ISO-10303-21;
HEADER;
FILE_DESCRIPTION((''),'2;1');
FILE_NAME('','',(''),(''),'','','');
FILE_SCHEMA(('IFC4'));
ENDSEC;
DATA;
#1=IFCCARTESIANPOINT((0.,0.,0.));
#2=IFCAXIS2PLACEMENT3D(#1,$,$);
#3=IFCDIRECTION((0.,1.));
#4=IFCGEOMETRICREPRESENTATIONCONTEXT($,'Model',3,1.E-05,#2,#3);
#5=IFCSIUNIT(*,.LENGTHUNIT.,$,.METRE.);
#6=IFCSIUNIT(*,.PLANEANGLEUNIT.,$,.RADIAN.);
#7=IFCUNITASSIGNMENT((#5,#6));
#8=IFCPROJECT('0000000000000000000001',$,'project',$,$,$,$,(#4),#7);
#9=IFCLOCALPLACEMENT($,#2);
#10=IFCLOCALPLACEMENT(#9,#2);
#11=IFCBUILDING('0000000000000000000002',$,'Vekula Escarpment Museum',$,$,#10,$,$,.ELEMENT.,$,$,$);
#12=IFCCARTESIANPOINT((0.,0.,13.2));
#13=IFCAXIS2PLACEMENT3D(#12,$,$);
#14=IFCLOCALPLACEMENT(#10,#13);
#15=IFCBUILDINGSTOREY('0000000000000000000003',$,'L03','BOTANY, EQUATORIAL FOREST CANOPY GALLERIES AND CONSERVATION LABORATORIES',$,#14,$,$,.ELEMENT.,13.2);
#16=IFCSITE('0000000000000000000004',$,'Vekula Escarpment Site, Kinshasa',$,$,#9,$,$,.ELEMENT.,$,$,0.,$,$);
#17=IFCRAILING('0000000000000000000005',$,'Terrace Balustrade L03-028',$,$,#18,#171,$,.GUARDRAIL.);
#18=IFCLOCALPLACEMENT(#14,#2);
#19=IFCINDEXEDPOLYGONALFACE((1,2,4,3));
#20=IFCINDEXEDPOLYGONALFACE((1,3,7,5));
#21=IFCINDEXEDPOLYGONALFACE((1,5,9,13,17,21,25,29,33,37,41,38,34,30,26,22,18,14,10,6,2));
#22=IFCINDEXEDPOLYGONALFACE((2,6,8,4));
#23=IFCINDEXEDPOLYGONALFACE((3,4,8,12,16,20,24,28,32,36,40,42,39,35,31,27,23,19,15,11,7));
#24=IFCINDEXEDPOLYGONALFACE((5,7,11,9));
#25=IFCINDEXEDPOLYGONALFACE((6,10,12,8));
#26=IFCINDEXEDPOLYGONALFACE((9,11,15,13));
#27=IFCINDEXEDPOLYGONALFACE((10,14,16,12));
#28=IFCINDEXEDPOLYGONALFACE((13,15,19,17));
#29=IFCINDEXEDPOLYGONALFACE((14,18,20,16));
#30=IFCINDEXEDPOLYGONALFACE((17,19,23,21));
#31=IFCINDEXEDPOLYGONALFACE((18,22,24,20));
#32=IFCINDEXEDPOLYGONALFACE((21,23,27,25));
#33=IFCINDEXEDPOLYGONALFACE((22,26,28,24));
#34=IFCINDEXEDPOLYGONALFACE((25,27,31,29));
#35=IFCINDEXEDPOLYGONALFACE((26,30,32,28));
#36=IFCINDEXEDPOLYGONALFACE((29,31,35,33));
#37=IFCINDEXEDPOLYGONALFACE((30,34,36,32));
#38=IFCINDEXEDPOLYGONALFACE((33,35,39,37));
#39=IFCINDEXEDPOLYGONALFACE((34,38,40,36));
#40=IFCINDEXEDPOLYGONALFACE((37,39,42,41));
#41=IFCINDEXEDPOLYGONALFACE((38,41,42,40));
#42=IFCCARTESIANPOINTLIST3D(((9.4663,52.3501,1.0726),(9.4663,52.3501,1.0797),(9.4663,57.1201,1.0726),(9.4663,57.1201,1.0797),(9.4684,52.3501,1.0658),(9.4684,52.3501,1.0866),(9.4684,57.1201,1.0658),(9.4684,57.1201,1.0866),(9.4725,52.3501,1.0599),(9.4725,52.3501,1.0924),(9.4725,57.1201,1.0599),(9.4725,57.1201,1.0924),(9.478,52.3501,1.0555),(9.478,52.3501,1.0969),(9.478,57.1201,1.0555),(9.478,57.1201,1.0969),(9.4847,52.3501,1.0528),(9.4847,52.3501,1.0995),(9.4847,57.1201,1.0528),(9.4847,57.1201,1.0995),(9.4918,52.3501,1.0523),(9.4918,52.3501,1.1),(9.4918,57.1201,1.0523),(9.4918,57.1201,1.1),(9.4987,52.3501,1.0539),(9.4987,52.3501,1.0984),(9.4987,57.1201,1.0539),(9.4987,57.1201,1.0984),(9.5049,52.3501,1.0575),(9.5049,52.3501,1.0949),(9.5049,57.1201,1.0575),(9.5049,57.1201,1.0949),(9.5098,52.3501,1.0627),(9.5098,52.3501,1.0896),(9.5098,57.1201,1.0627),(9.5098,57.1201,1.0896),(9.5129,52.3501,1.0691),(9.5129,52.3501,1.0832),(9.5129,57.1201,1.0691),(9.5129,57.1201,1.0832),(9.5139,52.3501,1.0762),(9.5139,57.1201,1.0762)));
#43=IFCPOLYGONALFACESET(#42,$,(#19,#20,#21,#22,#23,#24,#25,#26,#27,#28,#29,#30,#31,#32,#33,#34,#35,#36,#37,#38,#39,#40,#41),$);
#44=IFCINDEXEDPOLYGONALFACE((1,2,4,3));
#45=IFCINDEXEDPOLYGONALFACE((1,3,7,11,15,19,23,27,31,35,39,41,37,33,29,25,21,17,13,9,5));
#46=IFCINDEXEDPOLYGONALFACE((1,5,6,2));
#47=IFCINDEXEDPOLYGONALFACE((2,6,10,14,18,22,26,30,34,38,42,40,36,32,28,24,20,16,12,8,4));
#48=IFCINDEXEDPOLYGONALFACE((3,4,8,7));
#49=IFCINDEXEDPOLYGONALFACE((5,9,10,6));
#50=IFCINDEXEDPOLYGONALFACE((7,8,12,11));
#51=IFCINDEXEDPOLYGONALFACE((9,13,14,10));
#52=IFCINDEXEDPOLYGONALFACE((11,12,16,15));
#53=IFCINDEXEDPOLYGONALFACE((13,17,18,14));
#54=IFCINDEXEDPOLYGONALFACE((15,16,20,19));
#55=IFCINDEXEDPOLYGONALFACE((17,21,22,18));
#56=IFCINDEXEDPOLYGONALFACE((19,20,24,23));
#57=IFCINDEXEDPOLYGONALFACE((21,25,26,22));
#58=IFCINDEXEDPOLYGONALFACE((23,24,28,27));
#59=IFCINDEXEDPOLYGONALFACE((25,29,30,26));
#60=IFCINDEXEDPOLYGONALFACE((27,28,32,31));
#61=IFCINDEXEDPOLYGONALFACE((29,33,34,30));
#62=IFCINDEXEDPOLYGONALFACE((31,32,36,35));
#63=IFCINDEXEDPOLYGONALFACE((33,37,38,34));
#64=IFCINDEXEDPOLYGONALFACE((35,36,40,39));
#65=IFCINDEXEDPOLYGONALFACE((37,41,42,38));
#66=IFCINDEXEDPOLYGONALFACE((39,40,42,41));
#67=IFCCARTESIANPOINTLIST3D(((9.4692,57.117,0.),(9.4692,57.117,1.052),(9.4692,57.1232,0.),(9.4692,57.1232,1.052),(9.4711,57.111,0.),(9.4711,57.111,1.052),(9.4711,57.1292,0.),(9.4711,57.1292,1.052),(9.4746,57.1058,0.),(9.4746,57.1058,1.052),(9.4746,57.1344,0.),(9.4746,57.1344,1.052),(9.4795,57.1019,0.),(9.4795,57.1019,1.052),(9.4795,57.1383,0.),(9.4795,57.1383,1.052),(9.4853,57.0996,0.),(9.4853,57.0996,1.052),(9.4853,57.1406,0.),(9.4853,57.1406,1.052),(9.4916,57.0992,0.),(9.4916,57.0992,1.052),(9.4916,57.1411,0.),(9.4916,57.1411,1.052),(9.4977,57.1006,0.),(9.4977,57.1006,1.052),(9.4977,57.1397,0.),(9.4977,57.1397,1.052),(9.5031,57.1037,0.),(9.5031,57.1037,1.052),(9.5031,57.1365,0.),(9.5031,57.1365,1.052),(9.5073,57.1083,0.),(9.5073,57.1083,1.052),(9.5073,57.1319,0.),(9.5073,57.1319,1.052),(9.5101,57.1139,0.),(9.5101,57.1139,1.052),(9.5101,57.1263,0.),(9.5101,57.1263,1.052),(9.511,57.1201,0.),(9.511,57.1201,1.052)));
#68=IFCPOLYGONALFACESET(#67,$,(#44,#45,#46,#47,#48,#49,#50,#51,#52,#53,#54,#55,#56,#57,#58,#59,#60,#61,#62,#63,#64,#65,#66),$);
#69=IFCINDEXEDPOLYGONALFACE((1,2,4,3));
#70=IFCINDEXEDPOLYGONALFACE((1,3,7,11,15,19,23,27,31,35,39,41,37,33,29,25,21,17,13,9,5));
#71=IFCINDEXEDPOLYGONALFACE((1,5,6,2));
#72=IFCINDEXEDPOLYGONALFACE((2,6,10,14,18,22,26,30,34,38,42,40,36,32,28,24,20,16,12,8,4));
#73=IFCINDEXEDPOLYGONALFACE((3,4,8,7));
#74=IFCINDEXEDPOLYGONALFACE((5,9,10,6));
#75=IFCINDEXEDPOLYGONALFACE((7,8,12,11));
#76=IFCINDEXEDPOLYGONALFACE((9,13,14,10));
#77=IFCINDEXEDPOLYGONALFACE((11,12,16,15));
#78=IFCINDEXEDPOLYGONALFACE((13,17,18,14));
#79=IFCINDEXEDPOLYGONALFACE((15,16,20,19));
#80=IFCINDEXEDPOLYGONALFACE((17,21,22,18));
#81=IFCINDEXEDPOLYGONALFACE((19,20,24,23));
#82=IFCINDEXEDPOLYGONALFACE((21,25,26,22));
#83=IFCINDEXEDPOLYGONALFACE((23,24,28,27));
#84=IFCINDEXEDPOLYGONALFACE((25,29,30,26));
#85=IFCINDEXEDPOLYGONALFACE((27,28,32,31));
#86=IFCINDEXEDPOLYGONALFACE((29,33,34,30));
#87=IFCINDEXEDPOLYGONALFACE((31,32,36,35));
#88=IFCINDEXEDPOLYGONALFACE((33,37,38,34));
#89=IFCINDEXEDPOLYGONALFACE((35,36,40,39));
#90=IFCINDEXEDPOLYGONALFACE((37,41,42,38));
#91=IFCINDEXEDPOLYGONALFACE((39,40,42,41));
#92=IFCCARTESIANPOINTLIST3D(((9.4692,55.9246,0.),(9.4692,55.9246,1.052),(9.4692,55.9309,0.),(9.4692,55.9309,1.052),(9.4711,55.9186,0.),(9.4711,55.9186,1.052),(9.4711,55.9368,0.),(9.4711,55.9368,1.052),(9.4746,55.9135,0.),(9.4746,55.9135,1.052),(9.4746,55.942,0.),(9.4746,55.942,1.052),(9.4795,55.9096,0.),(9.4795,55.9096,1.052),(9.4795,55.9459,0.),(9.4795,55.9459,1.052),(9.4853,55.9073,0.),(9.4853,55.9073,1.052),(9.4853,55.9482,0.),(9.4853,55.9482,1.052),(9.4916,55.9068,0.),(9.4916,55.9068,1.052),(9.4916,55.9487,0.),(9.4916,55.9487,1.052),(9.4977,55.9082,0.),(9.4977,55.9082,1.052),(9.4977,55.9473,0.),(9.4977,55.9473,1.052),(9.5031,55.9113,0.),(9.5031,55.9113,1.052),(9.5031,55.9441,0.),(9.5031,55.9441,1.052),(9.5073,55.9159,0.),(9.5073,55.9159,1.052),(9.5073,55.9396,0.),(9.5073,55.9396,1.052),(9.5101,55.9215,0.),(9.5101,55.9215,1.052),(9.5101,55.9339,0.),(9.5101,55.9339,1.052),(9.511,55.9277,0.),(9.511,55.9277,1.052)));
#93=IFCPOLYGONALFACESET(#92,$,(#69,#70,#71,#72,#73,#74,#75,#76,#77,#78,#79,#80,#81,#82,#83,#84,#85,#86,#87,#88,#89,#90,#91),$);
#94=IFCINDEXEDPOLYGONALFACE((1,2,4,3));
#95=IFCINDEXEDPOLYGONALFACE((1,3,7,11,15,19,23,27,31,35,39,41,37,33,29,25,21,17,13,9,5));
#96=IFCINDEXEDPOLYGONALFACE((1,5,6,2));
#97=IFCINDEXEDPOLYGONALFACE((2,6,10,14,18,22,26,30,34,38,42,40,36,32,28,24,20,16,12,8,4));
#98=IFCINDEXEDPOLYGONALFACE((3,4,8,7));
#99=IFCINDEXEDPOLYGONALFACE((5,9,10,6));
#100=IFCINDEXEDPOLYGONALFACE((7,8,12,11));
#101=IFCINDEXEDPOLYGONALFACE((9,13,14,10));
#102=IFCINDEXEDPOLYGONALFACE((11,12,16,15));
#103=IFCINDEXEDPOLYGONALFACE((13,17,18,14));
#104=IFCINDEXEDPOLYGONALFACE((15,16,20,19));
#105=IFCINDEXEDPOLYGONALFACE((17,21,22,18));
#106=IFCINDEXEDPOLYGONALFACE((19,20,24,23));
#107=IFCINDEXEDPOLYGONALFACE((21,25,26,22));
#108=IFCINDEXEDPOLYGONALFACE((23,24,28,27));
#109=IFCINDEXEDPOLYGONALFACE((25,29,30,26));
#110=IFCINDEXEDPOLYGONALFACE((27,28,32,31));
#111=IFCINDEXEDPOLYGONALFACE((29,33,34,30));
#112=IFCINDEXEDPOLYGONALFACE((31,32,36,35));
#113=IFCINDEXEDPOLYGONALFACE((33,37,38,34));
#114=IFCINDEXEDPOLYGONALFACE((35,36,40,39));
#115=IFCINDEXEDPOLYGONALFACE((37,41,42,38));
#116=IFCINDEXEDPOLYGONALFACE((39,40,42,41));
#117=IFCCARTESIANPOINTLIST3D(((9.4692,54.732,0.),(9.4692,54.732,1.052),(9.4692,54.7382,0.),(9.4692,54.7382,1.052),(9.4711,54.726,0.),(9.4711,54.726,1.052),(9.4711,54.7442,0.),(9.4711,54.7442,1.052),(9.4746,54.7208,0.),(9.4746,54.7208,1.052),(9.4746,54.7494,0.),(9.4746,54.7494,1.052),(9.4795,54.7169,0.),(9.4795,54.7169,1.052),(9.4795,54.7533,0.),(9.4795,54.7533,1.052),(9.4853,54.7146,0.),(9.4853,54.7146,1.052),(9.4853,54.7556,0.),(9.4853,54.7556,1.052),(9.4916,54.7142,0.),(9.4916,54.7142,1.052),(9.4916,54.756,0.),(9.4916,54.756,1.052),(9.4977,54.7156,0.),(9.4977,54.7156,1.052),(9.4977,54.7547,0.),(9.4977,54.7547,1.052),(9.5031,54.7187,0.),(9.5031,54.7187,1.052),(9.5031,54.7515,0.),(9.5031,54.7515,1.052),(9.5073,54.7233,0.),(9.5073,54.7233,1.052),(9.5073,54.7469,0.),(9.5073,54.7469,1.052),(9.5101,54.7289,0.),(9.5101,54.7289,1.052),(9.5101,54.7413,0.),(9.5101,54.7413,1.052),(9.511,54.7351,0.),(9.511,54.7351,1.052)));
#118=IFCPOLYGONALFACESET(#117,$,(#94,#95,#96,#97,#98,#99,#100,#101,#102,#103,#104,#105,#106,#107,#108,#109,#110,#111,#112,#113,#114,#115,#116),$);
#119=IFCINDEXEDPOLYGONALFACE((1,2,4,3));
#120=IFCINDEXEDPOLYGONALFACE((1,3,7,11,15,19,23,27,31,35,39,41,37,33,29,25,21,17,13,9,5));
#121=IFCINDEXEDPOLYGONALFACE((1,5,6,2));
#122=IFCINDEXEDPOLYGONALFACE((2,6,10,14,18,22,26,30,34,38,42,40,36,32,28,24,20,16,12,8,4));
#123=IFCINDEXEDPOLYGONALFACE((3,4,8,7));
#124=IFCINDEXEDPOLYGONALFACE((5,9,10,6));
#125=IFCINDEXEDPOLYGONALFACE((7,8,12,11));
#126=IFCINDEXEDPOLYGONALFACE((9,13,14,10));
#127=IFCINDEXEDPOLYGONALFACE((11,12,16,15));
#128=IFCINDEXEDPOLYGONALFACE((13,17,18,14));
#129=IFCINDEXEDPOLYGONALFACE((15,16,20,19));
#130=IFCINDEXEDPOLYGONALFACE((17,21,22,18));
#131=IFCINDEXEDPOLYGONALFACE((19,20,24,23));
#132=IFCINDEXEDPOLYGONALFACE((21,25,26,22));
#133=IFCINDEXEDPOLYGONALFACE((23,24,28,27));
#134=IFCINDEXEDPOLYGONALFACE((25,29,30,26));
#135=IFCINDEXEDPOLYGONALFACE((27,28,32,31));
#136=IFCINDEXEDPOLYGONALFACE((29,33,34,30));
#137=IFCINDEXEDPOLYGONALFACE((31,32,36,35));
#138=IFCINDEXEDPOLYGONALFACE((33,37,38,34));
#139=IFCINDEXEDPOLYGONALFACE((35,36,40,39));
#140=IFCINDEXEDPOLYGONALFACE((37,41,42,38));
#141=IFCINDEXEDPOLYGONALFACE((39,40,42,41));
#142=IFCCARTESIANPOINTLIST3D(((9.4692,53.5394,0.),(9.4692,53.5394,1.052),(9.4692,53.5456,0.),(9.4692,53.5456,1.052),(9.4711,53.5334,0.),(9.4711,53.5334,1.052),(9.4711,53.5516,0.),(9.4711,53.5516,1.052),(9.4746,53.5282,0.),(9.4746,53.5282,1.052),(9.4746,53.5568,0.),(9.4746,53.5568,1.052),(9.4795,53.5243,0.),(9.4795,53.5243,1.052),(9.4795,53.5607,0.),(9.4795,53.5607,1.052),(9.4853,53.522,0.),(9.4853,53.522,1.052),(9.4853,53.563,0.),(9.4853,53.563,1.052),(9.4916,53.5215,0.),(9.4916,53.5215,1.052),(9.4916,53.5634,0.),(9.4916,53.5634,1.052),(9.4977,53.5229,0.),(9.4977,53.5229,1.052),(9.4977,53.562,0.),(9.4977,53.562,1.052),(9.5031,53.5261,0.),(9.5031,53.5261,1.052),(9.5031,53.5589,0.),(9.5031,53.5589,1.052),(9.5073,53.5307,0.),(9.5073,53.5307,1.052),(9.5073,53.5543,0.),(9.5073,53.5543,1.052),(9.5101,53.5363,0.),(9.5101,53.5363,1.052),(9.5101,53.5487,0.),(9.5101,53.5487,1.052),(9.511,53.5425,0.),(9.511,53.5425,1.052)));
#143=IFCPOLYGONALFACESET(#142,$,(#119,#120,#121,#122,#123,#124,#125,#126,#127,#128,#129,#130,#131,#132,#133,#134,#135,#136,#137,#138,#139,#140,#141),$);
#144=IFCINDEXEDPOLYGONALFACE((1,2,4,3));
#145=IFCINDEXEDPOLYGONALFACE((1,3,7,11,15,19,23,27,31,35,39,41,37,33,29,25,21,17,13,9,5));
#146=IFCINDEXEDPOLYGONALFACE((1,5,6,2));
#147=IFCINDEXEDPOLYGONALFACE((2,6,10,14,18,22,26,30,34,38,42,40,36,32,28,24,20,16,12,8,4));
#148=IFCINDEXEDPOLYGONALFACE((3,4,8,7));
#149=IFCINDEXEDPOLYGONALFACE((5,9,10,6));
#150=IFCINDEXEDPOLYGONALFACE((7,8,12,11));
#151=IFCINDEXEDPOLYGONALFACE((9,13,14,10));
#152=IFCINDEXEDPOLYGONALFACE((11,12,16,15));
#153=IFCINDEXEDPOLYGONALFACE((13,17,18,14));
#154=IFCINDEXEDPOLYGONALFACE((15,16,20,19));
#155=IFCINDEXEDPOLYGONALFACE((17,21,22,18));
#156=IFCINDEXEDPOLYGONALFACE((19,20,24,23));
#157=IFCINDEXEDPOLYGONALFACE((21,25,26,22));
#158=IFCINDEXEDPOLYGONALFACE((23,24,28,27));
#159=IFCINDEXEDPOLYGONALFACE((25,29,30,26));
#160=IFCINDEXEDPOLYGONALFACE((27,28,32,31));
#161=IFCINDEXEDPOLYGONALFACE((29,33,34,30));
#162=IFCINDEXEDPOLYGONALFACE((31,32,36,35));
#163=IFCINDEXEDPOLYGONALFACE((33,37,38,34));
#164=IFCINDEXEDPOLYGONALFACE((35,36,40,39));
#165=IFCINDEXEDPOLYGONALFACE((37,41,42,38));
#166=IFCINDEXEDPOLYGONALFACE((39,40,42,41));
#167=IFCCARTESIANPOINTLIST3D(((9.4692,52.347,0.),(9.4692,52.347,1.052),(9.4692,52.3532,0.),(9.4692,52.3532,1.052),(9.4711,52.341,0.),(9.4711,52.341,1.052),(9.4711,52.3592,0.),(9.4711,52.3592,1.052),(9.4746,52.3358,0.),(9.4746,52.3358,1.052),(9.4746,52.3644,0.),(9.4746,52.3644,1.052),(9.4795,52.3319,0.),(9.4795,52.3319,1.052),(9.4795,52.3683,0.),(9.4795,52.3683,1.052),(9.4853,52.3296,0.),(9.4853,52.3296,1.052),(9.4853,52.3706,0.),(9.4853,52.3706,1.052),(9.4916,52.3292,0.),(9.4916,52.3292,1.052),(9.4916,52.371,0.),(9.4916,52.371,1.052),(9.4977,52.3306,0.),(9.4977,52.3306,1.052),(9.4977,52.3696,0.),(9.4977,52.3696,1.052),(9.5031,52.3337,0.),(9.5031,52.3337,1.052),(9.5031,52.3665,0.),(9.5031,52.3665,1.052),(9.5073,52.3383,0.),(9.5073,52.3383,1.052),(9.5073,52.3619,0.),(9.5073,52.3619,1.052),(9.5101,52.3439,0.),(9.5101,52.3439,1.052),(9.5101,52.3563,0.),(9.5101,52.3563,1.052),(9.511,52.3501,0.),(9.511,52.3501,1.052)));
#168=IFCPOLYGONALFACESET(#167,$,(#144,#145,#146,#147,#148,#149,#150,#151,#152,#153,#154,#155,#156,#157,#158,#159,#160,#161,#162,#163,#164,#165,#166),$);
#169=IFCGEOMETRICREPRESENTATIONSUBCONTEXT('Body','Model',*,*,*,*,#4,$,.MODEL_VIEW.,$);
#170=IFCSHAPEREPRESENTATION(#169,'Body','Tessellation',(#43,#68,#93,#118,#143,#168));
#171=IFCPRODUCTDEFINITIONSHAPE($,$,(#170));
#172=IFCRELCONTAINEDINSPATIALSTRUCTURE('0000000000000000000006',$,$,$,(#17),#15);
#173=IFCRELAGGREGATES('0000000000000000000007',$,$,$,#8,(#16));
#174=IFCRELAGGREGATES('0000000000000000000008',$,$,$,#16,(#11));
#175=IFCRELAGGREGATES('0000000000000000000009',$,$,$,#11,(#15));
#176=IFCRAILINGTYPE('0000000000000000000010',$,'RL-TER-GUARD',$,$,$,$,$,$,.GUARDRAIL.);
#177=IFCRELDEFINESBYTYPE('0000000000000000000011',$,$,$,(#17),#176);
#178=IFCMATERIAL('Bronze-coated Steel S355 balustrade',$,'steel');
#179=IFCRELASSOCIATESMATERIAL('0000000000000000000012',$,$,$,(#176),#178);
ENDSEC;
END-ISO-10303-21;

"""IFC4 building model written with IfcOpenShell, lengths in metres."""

from ifc_helpers import new_model, si_unit, direction, frame, origin, origin_2d, place, context, subcontext, project, spatial, circle, extrude, material, type_object, element, save


model = new_model("IFC4")

# Units and contexts
model_context = context("Model", 3, precision=1e-05, world=origin(), true_north=direction((0.0, 1.0)))
body_context = subcontext(model_context, "Body", "Model", "MODEL_VIEW")
ifc_project = project(units=[si_unit("LENGTHUNIT", "METRE"), si_unit("PLANEANGLEUNIT", "RADIAN")], contexts=[model_context])

# Site, building, storey
site_placement = place(None, origin())
site = spatial("IfcSite", under=ifc_project, at=site_placement, Name="Vekula Escarpment Site, Kinshasa", CompositionType="ELEMENT", RefElevation=0.0)
building_placement = place(site_placement, origin())
building = spatial("IfcBuilding", under=site, at=building_placement, Name="Vekula Escarpment Museum", CompositionType="ELEMENT")
storey_placement = place(building_placement, frame((0.0, 0.0, 13.2)))
storey = spatial("IfcBuildingStorey", under=building, at=storey_placement, Name="L03", Description="BOTANY, EQUATORIAL FOREST CANOPY GALLERIES AND CONSERVATION LABORATORIES", CompositionType="ELEMENT", Elevation=13.2)

# Railing
ifc_material_1 = material(Name="Bronze-coated Steel S355 balustrade", Category="steel")
railing_type = type_object("IfcRailingType", Name="RL-TER-GUARD", PredefinedType="GUARDRAIL", material=ifc_material_1)
railing_placement = place(storey_placement, frame((9.49, 57.1201, 0.0)))
element("IfcRailing", 1, at=railing_placement, inside=storey, type_object=railing_type, Name="Terrace Balustrade L03-028", PredefinedType="GUARDRAIL", context=body_context, shape_type="SweptSolid", body=[
    extrude(circle(Radius=0.0239, at=origin_2d()), frame((0.0, 0.0, 1.0762), z_axis=(0.0, -1.0, 0.0), x_axis=(1.0, 0.0, 0.0)), (0.0, 0.0, 1.0), 4.77),
    extrude(circle(Radius=0.021, at=origin_2d()), origin(), (0.0, 0.0, 1.0), 1.052),
    extrude(circle(Radius=0.021, at=origin_2d()), frame((0.0, -1.1924, 0.0)), (0.0, 0.0, 1.0), 1.052),
    extrude(circle(Radius=0.021, at=origin_2d()), frame((0.0, -2.385, 0.0)), (0.0, 0.0, 1.0), 1.052),
    extrude(circle(Radius=0.021, at=origin_2d()), frame((0.0, -3.5776, 0.0)), (0.0, 0.0, 1.0), 1.052),
    extrude(circle(Radius=0.021, at=origin_2d()), frame((0.0, -4.77, 0.0)), (0.0, 0.0, 1.0), 1.052),
])

save(model, "model.ifc")
